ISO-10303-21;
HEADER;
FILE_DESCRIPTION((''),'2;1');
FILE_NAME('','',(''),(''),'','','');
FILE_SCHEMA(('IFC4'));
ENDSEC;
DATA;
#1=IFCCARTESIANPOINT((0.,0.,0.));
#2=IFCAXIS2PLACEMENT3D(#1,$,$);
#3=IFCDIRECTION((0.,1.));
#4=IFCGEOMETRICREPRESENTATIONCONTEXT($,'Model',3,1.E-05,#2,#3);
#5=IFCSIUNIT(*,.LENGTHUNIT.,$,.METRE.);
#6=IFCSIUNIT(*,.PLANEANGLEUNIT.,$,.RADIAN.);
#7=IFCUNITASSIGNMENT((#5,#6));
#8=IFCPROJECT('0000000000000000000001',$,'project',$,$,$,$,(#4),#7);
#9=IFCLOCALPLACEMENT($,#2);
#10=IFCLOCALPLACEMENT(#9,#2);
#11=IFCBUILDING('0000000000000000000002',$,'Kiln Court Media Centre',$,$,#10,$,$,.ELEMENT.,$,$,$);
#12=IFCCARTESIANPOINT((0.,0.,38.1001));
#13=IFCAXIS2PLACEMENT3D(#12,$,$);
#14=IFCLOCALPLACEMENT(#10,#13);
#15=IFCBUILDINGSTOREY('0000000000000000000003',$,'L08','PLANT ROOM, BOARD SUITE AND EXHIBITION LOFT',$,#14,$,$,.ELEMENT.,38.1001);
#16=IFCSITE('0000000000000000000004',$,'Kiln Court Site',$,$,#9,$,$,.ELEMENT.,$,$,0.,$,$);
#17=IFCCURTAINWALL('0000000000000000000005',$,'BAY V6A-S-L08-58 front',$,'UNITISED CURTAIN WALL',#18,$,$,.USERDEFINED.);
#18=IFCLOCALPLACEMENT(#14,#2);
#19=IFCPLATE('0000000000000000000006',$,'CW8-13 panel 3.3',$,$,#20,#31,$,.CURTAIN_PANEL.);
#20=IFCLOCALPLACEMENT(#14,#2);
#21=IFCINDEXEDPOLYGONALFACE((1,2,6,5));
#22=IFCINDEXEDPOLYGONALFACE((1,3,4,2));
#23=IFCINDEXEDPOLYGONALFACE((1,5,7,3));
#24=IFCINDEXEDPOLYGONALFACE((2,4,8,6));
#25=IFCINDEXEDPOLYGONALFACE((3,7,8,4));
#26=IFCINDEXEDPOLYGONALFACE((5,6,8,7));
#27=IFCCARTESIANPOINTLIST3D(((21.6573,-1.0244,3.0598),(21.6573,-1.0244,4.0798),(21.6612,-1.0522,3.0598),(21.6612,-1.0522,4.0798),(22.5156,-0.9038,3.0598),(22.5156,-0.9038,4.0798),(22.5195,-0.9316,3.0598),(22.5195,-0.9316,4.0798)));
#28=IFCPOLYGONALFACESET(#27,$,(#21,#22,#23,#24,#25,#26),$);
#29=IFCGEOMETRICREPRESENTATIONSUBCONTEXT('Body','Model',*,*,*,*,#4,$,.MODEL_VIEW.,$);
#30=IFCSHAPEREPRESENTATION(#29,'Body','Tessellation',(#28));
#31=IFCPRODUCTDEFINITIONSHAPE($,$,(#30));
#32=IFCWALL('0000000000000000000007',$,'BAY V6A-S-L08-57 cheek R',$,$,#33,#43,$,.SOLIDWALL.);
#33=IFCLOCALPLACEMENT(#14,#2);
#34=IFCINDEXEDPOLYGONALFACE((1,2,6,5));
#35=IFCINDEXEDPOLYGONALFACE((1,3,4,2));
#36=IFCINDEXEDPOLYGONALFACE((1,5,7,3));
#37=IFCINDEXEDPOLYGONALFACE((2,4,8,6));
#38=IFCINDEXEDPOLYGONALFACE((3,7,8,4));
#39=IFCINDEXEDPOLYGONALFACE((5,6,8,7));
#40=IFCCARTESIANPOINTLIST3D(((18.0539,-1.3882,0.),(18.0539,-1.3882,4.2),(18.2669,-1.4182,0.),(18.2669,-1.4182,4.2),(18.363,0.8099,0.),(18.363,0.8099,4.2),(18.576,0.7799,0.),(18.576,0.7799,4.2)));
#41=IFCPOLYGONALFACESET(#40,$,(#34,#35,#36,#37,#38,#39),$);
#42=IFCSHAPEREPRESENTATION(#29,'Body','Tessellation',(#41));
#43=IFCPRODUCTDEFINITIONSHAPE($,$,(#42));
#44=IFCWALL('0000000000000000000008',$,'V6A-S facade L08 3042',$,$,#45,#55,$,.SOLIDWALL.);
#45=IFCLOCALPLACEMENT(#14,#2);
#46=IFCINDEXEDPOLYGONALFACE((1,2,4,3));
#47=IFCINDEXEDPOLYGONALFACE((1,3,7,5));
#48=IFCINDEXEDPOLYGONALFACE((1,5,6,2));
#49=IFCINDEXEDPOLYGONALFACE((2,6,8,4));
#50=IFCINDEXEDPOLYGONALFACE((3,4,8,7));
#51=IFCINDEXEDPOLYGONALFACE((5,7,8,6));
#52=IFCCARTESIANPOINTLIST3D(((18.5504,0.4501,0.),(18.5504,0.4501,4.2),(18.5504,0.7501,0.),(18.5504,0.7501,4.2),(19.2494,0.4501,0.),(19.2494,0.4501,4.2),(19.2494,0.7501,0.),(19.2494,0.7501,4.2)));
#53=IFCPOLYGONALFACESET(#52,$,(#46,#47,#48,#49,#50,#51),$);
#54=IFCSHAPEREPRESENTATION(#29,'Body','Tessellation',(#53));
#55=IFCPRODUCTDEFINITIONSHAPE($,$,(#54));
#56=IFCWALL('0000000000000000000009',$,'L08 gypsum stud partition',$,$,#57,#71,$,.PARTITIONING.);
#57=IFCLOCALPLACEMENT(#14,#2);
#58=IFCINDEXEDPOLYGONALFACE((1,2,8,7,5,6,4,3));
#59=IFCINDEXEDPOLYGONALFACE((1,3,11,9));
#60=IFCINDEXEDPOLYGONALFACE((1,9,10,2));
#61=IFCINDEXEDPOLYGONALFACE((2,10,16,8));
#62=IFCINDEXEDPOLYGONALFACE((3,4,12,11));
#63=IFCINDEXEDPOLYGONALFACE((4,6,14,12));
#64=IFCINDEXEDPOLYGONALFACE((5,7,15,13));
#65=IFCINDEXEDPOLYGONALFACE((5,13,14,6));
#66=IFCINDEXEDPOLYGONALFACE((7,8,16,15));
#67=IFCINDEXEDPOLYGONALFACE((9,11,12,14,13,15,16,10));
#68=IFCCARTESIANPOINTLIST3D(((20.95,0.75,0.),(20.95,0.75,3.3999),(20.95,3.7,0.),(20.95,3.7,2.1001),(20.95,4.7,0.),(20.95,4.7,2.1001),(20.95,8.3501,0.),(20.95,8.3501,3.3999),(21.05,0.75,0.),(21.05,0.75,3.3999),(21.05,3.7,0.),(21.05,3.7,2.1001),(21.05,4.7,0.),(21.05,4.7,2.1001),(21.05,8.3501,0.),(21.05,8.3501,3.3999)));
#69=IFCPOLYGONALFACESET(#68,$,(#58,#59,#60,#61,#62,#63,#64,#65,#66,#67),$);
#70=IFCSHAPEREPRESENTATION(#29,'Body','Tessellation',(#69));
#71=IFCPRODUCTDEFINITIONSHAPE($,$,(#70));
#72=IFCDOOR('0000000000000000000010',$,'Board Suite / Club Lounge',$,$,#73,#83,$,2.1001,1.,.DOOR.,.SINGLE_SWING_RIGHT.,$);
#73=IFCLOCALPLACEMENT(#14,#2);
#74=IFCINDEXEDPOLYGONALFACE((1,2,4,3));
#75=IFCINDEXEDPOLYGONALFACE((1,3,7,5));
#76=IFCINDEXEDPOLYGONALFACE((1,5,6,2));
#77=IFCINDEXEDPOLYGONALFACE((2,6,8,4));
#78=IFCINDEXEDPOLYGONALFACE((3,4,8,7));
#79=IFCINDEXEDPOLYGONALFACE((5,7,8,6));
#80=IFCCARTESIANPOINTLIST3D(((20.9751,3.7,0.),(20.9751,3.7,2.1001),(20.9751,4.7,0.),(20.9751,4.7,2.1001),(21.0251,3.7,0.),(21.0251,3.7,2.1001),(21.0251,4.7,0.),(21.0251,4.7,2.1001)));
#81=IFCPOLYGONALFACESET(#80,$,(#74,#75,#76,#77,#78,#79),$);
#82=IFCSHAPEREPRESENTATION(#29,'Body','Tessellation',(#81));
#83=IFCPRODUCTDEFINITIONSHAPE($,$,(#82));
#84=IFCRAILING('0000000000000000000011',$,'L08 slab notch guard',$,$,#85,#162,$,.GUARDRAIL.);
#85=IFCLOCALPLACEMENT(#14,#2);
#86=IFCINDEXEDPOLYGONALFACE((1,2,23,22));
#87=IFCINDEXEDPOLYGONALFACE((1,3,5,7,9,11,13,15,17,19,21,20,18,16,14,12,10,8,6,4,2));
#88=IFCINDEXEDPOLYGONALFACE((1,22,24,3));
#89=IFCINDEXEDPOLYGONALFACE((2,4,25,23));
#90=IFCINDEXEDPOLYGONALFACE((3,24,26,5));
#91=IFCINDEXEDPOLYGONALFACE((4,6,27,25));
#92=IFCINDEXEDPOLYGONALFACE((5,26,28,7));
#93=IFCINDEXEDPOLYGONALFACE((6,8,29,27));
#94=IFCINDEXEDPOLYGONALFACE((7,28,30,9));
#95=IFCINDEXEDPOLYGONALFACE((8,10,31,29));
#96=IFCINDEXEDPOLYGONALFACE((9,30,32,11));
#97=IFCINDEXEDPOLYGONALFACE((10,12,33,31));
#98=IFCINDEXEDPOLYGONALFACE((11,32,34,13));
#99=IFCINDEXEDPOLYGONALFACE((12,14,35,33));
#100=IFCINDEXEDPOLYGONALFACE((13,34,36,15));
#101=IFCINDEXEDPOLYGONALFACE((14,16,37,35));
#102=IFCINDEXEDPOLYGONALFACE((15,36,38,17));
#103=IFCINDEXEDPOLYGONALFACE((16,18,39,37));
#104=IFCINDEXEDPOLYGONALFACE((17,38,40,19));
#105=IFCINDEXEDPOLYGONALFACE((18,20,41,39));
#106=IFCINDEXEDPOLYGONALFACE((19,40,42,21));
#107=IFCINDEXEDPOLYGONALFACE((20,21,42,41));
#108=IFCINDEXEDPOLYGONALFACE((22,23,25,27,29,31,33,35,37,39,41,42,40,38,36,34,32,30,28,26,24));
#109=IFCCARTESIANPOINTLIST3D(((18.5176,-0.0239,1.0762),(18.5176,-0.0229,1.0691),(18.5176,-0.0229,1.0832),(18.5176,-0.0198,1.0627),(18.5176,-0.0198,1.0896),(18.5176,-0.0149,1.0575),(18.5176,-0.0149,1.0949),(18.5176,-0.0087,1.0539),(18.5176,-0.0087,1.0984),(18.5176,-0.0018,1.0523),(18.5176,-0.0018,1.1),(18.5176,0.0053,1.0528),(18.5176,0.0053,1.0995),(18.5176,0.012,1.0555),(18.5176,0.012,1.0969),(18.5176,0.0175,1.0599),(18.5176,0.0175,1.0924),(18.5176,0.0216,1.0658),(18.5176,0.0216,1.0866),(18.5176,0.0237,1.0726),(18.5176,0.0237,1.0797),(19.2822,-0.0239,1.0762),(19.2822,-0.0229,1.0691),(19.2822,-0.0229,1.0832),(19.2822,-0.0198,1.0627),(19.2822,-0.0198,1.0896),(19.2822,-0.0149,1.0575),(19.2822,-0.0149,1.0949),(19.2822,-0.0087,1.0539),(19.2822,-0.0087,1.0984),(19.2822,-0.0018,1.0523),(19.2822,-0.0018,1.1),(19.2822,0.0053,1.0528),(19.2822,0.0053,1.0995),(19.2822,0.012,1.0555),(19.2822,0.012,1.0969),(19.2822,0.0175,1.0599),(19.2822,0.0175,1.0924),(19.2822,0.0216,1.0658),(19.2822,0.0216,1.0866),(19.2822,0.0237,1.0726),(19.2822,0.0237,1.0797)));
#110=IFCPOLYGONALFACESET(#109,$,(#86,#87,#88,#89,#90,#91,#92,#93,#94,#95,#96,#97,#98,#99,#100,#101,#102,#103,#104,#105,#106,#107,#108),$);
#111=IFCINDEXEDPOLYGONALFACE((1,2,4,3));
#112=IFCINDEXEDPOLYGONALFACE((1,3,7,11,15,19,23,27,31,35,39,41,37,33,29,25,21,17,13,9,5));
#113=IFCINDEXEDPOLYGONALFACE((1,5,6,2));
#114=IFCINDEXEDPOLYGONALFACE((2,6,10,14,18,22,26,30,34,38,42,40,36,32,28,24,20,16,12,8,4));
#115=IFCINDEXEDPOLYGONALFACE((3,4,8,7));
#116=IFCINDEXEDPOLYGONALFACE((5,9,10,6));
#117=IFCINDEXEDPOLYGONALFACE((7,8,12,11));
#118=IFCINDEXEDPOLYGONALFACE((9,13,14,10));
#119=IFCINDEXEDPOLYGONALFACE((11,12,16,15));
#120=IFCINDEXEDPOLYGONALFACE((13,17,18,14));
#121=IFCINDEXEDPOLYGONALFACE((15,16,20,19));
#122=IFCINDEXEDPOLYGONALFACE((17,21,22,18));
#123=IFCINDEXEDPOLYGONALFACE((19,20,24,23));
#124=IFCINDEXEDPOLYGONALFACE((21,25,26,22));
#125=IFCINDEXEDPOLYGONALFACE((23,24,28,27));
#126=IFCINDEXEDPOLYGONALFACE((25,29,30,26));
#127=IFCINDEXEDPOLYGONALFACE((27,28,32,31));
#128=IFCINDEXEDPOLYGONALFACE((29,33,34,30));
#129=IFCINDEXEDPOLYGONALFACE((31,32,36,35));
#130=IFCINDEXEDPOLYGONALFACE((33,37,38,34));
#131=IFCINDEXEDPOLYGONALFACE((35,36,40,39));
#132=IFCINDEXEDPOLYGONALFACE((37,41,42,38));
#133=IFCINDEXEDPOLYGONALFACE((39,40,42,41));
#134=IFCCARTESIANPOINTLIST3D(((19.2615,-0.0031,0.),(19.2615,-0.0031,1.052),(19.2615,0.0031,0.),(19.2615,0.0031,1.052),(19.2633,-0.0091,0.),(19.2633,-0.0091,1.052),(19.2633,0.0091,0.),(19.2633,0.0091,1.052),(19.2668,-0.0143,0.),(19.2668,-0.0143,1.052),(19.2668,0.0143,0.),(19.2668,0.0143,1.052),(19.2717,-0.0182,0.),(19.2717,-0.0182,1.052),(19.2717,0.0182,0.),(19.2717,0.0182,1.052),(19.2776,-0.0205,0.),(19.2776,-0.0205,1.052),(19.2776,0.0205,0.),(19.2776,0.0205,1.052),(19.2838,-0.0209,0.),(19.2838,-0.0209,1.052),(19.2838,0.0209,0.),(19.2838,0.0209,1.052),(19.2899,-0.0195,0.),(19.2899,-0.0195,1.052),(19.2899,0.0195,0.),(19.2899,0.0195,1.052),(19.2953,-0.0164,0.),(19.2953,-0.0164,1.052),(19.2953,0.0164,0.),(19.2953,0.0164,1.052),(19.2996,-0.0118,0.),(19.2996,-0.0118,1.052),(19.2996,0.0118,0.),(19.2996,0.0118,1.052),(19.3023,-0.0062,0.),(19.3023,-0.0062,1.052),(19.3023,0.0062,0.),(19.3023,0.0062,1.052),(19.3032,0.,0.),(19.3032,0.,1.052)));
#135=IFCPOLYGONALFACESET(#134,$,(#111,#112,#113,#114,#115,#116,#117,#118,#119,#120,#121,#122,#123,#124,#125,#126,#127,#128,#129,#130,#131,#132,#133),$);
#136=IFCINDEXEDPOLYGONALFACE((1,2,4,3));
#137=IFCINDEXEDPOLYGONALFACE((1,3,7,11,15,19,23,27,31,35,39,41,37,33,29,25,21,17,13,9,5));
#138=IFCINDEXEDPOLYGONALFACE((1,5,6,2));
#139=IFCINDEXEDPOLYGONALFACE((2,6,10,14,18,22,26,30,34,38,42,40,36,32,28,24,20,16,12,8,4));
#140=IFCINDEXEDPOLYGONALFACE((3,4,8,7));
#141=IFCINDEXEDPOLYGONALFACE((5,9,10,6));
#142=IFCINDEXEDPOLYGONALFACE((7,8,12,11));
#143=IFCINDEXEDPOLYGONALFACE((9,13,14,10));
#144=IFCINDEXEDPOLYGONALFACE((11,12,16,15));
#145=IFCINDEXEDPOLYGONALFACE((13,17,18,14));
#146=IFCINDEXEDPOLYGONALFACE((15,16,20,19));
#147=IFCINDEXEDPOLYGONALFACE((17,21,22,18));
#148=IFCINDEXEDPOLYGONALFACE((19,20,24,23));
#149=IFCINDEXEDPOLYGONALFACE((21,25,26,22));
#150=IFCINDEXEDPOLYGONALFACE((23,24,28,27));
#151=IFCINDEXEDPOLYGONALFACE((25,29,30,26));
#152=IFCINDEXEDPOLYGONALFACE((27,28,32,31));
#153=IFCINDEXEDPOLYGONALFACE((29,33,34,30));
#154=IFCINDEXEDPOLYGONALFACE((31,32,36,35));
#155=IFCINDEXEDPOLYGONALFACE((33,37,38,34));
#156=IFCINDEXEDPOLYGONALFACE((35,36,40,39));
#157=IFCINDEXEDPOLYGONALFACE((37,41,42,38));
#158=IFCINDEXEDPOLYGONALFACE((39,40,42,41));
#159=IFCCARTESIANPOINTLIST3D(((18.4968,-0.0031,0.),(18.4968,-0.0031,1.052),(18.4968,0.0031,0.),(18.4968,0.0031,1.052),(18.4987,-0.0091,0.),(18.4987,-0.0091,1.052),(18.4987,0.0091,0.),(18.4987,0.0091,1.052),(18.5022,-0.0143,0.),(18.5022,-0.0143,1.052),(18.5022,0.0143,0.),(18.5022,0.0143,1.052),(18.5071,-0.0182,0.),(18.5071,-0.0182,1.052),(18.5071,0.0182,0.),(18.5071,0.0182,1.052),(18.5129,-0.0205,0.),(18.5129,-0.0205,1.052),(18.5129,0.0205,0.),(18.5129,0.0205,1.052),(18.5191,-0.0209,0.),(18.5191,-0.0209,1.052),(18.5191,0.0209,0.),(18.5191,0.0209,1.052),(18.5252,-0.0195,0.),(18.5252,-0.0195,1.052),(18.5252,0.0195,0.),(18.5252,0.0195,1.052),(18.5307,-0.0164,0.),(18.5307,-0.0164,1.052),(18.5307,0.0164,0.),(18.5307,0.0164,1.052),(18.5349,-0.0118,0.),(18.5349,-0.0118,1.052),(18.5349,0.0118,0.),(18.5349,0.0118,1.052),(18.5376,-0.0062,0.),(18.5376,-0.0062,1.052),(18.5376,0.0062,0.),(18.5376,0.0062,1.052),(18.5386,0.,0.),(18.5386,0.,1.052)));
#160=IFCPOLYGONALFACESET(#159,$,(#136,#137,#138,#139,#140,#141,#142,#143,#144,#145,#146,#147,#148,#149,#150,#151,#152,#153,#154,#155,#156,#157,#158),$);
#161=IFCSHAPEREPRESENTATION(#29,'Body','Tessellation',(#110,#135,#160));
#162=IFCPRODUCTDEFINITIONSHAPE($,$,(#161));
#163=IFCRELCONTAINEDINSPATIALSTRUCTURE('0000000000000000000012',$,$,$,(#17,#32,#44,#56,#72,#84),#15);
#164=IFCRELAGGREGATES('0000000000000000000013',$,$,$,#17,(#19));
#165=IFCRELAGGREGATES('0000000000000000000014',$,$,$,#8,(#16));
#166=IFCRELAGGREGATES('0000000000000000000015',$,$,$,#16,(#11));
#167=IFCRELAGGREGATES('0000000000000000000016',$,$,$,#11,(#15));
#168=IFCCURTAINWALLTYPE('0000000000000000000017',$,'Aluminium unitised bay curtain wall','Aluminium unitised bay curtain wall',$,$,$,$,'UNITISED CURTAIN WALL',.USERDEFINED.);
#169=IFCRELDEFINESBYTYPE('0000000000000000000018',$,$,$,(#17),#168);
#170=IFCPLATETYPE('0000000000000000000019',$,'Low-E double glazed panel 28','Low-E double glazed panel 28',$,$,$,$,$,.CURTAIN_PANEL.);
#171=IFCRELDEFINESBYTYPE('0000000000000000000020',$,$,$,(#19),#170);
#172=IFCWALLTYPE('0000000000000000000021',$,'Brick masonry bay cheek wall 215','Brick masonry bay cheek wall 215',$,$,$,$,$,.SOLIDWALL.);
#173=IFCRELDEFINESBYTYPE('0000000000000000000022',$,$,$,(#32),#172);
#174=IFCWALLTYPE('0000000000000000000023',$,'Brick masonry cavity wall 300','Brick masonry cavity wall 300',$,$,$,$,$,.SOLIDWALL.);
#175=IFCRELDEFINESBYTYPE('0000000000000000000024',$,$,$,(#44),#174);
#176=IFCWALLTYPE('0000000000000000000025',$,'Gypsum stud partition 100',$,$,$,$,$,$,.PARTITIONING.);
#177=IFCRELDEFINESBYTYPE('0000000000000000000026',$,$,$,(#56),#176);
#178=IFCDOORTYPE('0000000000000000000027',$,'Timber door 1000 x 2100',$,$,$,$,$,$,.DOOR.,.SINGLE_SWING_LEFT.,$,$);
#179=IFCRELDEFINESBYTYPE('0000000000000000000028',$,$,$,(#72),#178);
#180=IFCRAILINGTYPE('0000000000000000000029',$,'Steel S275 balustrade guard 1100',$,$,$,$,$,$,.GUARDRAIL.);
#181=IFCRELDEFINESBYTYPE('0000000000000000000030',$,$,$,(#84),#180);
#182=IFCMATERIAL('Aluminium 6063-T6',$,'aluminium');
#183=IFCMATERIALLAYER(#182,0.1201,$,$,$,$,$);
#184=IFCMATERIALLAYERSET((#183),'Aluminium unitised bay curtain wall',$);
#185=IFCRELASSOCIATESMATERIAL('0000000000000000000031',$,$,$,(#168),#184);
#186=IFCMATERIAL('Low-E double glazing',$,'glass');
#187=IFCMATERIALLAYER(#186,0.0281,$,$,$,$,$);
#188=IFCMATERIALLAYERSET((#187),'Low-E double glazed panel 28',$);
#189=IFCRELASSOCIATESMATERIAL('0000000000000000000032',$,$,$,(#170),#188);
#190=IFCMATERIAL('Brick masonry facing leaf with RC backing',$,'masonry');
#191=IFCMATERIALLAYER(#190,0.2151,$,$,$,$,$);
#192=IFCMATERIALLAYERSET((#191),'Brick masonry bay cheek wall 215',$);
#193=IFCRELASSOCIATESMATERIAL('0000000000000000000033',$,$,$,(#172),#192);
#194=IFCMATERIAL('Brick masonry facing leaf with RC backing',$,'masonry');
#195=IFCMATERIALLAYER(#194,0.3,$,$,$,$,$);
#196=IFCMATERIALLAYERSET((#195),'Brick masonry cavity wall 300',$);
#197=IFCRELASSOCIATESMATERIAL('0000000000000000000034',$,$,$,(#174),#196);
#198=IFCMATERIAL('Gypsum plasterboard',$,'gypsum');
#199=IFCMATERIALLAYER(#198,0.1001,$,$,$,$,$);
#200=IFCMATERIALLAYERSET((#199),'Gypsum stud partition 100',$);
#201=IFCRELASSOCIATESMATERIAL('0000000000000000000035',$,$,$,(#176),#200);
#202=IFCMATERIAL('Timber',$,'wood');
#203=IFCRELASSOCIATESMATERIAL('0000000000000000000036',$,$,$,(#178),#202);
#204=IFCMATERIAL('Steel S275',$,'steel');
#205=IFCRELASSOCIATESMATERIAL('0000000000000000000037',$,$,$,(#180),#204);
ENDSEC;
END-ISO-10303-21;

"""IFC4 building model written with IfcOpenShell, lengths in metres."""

from ifc_helpers import new_model, si_unit, direction, frame, frame_2d, origin, origin_2d, place, context, subcontext, project, spatial, rectangle, circle, extrude, material, layer, layer_set, type_object, element, fill, aggregate, save


model = new_model("IFC4")

# Units and contexts
model_context = context("Model", 3, precision=1e-05, world=origin(), true_north=direction((0.0, 1.0)))
body_context = subcontext(model_context, "Body", "Model", "MODEL_VIEW")
ifc_project = project(units=[si_unit("LENGTHUNIT", "METRE"), si_unit("PLANEANGLEUNIT", "RADIAN")], contexts=[model_context])

# Site, building, storey
site_placement = place(None, origin())
site = spatial("IfcSite", under=ifc_project, at=site_placement, Name="Kiln Court Site", CompositionType="ELEMENT", RefElevation=0.0)
building_placement = place(site_placement, origin())
building = spatial("IfcBuilding", under=site, at=building_placement, Name="Kiln Court Media Centre", CompositionType="ELEMENT")
storey_placement = place(building_placement, frame((0.0, 0.0, 38.1001)))
storey = spatial("IfcBuildingStorey", under=building, at=storey_placement, Name="L08", Description="PLANT ROOM, BOARD SUITE AND EXHIBITION LOFT", CompositionType="ELEMENT", Elevation=38.1001)

# Shared definitions
ifc_material_1 = material(Name="Aluminium 6063-T6", Category="aluminium")
ifc_layer_1 = layer(ifc_material_1, 0.1201)
ifc_layer_set_1 = layer_set([ifc_layer_1], Name="Aluminium unitised bay curtain wall")
curtain_wall_type = type_object("IfcCurtainWallType", Name="Aluminium unitised bay curtain wall", Description="Aluminium unitised bay curtain wall", ElementType="UNITISED CURTAIN WALL", PredefinedType="USERDEFINED", material=ifc_layer_set_1)

# Curtain wall
curtain_wall_1_placement = place(storey_placement, origin())
curtain_wall_1 = element("IfcCurtainWall", 1, at=curtain_wall_1_placement, inside=storey, type_object=curtain_wall_type, Name="BAY V6A-S-L08-58 front", ObjectType="UNITISED CURTAIN WALL", PredefinedType="USERDEFINED")

# Plate
ifc_material_2 = material(Name="Low-E double glazing", Category="glass")
ifc_layer_2 = layer(ifc_material_2, 0.0281)
ifc_layer_set_2 = layer_set([ifc_layer_2], Name="Low-E double glazed panel 28")
plate_type_1 = type_object("IfcPlateType", Name="Low-E double glazed panel 28", Description="Low-E double glazed panel 28", PredefinedType="CURTAIN_PANEL", material=ifc_layer_set_2)
plate_1_placement = place(storey_placement, frame((22.0884, -0.978, 3.0598), z_axis=(0.0, 0.0, 1.0), x_axis=(0.99027, 0.139162, 0.0)))
plate_1 = element("IfcPlate", 2, at=plate_1_placement, type_object=plate_type_1, Name="CW8-13 panel 3.3", PredefinedType="CURTAIN_PANEL", context=body_context, shape_type="SweptSolid", body=[
    extrude(rectangle(XDim=0.8667, YDim=0.0281, at=origin_2d()), origin(), (0.0, 0.0, 1.0), 1.02),
])
aggregate(curtain_wall_1, [plate_1])

# Walls
ifc_material_3 = material(Name="Brick masonry facing leaf with RC backing", Category="masonry")
ifc_layer_3 = layer(ifc_material_3, 0.2151)
ifc_layer_set_3 = layer_set([ifc_layer_3], Name="Brick masonry bay cheek wall 215")
wall_type_1 = type_object("IfcWallType", Name="Brick masonry bay cheek wall 215", Description="Brick masonry bay cheek wall 215", PredefinedType="SOLIDWALL", material=ifc_layer_set_3)
wall_1_placement = place(storey_placement, frame((18.4695, 0.7949, 0.0), z_axis=(0.0, 0.0, 1.0), x_axis=(-0.13925, -0.990257, 0.0)))
element("IfcWall", 3, at=wall_1_placement, inside=storey, type_object=wall_type_1, Name="BAY V6A-S-L08-57 cheek R", PredefinedType="SOLIDWALL", context=body_context, shape_type="SweptSolid", body=[
    extrude(rectangle(XDim=2.2197, YDim=0.2151, at=frame_2d((1.1099, 0.0))), origin(), (0.0, 0.0, 1.0), 4.2),
])
ifc_material_4 = material(Name="Brick masonry facing leaf with RC backing", Category="masonry")
ifc_layer_4 = layer(ifc_material_4, 0.3)
ifc_layer_set_4 = layer_set([ifc_layer_4], Name="Brick masonry cavity wall 300")
wall_type_2 = type_object("IfcWallType", Name="Brick masonry cavity wall 300", Description="Brick masonry cavity wall 300", PredefinedType="SOLIDWALL", material=ifc_layer_set_4)
wall_2_placement = place(storey_placement, frame((19.2495, 0.6001, 0.0), z_axis=(0.0, 0.0, 1.0), x_axis=(-1.0, 0.0, 0.0)))
element("IfcWall", 4, at=wall_2_placement, inside=storey, type_object=wall_type_2, Name="V6A-S facade L08 3042", PredefinedType="SOLIDWALL", context=body_context, shape_type="SweptSolid", body=[
    extrude(rectangle(XDim=0.699, YDim=0.3, at=frame_2d((0.3496, 0.0))), origin(), (0.0, 0.0, 1.0), 4.2),
])

# Wall, opening, door
ifc_material_5 = material(Name="Gypsum plasterboard", Category="gypsum")
ifc_layer_5 = layer(ifc_material_5, 0.1001)
ifc_layer_set_5 = layer_set([ifc_layer_5], Name="Gypsum stud partition 100")
wall_type_3 = type_object("IfcWallType", Name="Gypsum stud partition 100", PredefinedType="PARTITIONING", material=ifc_layer_set_5)
wall_3_placement = place(storey_placement, frame((21.0, 0.75, 0.0), z_axis=(0.0, 0.0, 1.0), x_axis=(0.0, 1.0, 0.0)))
wall_3 = element("IfcWall", 5, at=wall_3_placement, inside=storey, type_object=wall_type_3, Name="L08 gypsum stud partition", PredefinedType="PARTITIONING", context=body_context, shape_type="SweptSolid", body=[
    extrude(rectangle(XDim=7.6001, YDim=0.1001, at=frame_2d((3.8, 0.0))), origin(), (0.0, 0.0, 1.0), 3.3999),
])
opening_placement = place(wall_3_placement, frame((2.95, 0.0, 0.0)))
opening = element("IfcOpeningElement", 6, at=opening_placement, cuts=wall_3, PredefinedType="OPENING", context=body_context, shape_type="SweptSolid", body=[
    extrude(rectangle(XDim=1.0, YDim=2.1001, at=frame_2d((0.5, 1.05))), frame((0.0, 0.0601, 0.0), z_axis=(0.0, -1.0, 0.0), x_axis=(1.0, 0.0, 0.0)), (0.0, 0.0, 1.0), 0.1201),
])
ifc_material_6 = material(Name="Timber", Category="wood")
door_type = type_object("IfcDoorType", Name="Timber door 1000 x 2100", OperationType="SINGLE_SWING_LEFT", PredefinedType="DOOR", material=ifc_material_6)
door_placement = place(opening_placement, origin())
door = element("IfcDoor", 7, at=door_placement, inside=storey, type_object=door_type, Name="Board Suite / Club Lounge", OperationType="SINGLE_SWING_RIGHT", OverallHeight=2.1001, OverallWidth=1.0, PredefinedType="DOOR", context=body_context, shape_type="SweptSolid", body=[
    extrude(rectangle(XDim=1.0, YDim=2.1001, at=frame_2d((0.5, 1.05))), frame((0.0, 0.0249, 0.0), z_axis=(0.0, -1.0, 0.0), x_axis=(1.0, 0.0, 0.0)), (0.0, 0.0, 1.0), 0.05),
])
fill(opening, door)

# Railing
ifc_material_7 = material(Name="Steel S275", Category="steel")
railing_type = type_object("IfcRailingType", Name="Steel S275 balustrade guard 1100", PredefinedType="GUARDRAIL", material=ifc_material_7)
railing_placement = place(storey_placement, frame((19.2822, 0.0, 0.0)))
element("IfcRailing", 8, at=railing_placement, inside=storey, type_object=railing_type, Name="L08 slab notch guard", PredefinedType="GUARDRAIL", context=body_context, shape_type="SweptSolid", body=[
    extrude(circle(Radius=0.0239, at=origin_2d()), frame((0.0, 0.0, 1.0762), z_axis=(-1.0, 0.0, 0.0), x_axis=(0.0, -1.0, 0.0)), (0.0, 0.0, 1.0), 0.7646),
    extrude(circle(Radius=0.021, at=origin_2d()), origin(), (0.0, 0.0, 1.0), 1.052),
    extrude(circle(Radius=0.021, at=origin_2d()), frame((-0.7646, 0.0, 0.0)), (0.0, 0.0, 1.0), 1.052),
])

save(model, "model.ifc")
